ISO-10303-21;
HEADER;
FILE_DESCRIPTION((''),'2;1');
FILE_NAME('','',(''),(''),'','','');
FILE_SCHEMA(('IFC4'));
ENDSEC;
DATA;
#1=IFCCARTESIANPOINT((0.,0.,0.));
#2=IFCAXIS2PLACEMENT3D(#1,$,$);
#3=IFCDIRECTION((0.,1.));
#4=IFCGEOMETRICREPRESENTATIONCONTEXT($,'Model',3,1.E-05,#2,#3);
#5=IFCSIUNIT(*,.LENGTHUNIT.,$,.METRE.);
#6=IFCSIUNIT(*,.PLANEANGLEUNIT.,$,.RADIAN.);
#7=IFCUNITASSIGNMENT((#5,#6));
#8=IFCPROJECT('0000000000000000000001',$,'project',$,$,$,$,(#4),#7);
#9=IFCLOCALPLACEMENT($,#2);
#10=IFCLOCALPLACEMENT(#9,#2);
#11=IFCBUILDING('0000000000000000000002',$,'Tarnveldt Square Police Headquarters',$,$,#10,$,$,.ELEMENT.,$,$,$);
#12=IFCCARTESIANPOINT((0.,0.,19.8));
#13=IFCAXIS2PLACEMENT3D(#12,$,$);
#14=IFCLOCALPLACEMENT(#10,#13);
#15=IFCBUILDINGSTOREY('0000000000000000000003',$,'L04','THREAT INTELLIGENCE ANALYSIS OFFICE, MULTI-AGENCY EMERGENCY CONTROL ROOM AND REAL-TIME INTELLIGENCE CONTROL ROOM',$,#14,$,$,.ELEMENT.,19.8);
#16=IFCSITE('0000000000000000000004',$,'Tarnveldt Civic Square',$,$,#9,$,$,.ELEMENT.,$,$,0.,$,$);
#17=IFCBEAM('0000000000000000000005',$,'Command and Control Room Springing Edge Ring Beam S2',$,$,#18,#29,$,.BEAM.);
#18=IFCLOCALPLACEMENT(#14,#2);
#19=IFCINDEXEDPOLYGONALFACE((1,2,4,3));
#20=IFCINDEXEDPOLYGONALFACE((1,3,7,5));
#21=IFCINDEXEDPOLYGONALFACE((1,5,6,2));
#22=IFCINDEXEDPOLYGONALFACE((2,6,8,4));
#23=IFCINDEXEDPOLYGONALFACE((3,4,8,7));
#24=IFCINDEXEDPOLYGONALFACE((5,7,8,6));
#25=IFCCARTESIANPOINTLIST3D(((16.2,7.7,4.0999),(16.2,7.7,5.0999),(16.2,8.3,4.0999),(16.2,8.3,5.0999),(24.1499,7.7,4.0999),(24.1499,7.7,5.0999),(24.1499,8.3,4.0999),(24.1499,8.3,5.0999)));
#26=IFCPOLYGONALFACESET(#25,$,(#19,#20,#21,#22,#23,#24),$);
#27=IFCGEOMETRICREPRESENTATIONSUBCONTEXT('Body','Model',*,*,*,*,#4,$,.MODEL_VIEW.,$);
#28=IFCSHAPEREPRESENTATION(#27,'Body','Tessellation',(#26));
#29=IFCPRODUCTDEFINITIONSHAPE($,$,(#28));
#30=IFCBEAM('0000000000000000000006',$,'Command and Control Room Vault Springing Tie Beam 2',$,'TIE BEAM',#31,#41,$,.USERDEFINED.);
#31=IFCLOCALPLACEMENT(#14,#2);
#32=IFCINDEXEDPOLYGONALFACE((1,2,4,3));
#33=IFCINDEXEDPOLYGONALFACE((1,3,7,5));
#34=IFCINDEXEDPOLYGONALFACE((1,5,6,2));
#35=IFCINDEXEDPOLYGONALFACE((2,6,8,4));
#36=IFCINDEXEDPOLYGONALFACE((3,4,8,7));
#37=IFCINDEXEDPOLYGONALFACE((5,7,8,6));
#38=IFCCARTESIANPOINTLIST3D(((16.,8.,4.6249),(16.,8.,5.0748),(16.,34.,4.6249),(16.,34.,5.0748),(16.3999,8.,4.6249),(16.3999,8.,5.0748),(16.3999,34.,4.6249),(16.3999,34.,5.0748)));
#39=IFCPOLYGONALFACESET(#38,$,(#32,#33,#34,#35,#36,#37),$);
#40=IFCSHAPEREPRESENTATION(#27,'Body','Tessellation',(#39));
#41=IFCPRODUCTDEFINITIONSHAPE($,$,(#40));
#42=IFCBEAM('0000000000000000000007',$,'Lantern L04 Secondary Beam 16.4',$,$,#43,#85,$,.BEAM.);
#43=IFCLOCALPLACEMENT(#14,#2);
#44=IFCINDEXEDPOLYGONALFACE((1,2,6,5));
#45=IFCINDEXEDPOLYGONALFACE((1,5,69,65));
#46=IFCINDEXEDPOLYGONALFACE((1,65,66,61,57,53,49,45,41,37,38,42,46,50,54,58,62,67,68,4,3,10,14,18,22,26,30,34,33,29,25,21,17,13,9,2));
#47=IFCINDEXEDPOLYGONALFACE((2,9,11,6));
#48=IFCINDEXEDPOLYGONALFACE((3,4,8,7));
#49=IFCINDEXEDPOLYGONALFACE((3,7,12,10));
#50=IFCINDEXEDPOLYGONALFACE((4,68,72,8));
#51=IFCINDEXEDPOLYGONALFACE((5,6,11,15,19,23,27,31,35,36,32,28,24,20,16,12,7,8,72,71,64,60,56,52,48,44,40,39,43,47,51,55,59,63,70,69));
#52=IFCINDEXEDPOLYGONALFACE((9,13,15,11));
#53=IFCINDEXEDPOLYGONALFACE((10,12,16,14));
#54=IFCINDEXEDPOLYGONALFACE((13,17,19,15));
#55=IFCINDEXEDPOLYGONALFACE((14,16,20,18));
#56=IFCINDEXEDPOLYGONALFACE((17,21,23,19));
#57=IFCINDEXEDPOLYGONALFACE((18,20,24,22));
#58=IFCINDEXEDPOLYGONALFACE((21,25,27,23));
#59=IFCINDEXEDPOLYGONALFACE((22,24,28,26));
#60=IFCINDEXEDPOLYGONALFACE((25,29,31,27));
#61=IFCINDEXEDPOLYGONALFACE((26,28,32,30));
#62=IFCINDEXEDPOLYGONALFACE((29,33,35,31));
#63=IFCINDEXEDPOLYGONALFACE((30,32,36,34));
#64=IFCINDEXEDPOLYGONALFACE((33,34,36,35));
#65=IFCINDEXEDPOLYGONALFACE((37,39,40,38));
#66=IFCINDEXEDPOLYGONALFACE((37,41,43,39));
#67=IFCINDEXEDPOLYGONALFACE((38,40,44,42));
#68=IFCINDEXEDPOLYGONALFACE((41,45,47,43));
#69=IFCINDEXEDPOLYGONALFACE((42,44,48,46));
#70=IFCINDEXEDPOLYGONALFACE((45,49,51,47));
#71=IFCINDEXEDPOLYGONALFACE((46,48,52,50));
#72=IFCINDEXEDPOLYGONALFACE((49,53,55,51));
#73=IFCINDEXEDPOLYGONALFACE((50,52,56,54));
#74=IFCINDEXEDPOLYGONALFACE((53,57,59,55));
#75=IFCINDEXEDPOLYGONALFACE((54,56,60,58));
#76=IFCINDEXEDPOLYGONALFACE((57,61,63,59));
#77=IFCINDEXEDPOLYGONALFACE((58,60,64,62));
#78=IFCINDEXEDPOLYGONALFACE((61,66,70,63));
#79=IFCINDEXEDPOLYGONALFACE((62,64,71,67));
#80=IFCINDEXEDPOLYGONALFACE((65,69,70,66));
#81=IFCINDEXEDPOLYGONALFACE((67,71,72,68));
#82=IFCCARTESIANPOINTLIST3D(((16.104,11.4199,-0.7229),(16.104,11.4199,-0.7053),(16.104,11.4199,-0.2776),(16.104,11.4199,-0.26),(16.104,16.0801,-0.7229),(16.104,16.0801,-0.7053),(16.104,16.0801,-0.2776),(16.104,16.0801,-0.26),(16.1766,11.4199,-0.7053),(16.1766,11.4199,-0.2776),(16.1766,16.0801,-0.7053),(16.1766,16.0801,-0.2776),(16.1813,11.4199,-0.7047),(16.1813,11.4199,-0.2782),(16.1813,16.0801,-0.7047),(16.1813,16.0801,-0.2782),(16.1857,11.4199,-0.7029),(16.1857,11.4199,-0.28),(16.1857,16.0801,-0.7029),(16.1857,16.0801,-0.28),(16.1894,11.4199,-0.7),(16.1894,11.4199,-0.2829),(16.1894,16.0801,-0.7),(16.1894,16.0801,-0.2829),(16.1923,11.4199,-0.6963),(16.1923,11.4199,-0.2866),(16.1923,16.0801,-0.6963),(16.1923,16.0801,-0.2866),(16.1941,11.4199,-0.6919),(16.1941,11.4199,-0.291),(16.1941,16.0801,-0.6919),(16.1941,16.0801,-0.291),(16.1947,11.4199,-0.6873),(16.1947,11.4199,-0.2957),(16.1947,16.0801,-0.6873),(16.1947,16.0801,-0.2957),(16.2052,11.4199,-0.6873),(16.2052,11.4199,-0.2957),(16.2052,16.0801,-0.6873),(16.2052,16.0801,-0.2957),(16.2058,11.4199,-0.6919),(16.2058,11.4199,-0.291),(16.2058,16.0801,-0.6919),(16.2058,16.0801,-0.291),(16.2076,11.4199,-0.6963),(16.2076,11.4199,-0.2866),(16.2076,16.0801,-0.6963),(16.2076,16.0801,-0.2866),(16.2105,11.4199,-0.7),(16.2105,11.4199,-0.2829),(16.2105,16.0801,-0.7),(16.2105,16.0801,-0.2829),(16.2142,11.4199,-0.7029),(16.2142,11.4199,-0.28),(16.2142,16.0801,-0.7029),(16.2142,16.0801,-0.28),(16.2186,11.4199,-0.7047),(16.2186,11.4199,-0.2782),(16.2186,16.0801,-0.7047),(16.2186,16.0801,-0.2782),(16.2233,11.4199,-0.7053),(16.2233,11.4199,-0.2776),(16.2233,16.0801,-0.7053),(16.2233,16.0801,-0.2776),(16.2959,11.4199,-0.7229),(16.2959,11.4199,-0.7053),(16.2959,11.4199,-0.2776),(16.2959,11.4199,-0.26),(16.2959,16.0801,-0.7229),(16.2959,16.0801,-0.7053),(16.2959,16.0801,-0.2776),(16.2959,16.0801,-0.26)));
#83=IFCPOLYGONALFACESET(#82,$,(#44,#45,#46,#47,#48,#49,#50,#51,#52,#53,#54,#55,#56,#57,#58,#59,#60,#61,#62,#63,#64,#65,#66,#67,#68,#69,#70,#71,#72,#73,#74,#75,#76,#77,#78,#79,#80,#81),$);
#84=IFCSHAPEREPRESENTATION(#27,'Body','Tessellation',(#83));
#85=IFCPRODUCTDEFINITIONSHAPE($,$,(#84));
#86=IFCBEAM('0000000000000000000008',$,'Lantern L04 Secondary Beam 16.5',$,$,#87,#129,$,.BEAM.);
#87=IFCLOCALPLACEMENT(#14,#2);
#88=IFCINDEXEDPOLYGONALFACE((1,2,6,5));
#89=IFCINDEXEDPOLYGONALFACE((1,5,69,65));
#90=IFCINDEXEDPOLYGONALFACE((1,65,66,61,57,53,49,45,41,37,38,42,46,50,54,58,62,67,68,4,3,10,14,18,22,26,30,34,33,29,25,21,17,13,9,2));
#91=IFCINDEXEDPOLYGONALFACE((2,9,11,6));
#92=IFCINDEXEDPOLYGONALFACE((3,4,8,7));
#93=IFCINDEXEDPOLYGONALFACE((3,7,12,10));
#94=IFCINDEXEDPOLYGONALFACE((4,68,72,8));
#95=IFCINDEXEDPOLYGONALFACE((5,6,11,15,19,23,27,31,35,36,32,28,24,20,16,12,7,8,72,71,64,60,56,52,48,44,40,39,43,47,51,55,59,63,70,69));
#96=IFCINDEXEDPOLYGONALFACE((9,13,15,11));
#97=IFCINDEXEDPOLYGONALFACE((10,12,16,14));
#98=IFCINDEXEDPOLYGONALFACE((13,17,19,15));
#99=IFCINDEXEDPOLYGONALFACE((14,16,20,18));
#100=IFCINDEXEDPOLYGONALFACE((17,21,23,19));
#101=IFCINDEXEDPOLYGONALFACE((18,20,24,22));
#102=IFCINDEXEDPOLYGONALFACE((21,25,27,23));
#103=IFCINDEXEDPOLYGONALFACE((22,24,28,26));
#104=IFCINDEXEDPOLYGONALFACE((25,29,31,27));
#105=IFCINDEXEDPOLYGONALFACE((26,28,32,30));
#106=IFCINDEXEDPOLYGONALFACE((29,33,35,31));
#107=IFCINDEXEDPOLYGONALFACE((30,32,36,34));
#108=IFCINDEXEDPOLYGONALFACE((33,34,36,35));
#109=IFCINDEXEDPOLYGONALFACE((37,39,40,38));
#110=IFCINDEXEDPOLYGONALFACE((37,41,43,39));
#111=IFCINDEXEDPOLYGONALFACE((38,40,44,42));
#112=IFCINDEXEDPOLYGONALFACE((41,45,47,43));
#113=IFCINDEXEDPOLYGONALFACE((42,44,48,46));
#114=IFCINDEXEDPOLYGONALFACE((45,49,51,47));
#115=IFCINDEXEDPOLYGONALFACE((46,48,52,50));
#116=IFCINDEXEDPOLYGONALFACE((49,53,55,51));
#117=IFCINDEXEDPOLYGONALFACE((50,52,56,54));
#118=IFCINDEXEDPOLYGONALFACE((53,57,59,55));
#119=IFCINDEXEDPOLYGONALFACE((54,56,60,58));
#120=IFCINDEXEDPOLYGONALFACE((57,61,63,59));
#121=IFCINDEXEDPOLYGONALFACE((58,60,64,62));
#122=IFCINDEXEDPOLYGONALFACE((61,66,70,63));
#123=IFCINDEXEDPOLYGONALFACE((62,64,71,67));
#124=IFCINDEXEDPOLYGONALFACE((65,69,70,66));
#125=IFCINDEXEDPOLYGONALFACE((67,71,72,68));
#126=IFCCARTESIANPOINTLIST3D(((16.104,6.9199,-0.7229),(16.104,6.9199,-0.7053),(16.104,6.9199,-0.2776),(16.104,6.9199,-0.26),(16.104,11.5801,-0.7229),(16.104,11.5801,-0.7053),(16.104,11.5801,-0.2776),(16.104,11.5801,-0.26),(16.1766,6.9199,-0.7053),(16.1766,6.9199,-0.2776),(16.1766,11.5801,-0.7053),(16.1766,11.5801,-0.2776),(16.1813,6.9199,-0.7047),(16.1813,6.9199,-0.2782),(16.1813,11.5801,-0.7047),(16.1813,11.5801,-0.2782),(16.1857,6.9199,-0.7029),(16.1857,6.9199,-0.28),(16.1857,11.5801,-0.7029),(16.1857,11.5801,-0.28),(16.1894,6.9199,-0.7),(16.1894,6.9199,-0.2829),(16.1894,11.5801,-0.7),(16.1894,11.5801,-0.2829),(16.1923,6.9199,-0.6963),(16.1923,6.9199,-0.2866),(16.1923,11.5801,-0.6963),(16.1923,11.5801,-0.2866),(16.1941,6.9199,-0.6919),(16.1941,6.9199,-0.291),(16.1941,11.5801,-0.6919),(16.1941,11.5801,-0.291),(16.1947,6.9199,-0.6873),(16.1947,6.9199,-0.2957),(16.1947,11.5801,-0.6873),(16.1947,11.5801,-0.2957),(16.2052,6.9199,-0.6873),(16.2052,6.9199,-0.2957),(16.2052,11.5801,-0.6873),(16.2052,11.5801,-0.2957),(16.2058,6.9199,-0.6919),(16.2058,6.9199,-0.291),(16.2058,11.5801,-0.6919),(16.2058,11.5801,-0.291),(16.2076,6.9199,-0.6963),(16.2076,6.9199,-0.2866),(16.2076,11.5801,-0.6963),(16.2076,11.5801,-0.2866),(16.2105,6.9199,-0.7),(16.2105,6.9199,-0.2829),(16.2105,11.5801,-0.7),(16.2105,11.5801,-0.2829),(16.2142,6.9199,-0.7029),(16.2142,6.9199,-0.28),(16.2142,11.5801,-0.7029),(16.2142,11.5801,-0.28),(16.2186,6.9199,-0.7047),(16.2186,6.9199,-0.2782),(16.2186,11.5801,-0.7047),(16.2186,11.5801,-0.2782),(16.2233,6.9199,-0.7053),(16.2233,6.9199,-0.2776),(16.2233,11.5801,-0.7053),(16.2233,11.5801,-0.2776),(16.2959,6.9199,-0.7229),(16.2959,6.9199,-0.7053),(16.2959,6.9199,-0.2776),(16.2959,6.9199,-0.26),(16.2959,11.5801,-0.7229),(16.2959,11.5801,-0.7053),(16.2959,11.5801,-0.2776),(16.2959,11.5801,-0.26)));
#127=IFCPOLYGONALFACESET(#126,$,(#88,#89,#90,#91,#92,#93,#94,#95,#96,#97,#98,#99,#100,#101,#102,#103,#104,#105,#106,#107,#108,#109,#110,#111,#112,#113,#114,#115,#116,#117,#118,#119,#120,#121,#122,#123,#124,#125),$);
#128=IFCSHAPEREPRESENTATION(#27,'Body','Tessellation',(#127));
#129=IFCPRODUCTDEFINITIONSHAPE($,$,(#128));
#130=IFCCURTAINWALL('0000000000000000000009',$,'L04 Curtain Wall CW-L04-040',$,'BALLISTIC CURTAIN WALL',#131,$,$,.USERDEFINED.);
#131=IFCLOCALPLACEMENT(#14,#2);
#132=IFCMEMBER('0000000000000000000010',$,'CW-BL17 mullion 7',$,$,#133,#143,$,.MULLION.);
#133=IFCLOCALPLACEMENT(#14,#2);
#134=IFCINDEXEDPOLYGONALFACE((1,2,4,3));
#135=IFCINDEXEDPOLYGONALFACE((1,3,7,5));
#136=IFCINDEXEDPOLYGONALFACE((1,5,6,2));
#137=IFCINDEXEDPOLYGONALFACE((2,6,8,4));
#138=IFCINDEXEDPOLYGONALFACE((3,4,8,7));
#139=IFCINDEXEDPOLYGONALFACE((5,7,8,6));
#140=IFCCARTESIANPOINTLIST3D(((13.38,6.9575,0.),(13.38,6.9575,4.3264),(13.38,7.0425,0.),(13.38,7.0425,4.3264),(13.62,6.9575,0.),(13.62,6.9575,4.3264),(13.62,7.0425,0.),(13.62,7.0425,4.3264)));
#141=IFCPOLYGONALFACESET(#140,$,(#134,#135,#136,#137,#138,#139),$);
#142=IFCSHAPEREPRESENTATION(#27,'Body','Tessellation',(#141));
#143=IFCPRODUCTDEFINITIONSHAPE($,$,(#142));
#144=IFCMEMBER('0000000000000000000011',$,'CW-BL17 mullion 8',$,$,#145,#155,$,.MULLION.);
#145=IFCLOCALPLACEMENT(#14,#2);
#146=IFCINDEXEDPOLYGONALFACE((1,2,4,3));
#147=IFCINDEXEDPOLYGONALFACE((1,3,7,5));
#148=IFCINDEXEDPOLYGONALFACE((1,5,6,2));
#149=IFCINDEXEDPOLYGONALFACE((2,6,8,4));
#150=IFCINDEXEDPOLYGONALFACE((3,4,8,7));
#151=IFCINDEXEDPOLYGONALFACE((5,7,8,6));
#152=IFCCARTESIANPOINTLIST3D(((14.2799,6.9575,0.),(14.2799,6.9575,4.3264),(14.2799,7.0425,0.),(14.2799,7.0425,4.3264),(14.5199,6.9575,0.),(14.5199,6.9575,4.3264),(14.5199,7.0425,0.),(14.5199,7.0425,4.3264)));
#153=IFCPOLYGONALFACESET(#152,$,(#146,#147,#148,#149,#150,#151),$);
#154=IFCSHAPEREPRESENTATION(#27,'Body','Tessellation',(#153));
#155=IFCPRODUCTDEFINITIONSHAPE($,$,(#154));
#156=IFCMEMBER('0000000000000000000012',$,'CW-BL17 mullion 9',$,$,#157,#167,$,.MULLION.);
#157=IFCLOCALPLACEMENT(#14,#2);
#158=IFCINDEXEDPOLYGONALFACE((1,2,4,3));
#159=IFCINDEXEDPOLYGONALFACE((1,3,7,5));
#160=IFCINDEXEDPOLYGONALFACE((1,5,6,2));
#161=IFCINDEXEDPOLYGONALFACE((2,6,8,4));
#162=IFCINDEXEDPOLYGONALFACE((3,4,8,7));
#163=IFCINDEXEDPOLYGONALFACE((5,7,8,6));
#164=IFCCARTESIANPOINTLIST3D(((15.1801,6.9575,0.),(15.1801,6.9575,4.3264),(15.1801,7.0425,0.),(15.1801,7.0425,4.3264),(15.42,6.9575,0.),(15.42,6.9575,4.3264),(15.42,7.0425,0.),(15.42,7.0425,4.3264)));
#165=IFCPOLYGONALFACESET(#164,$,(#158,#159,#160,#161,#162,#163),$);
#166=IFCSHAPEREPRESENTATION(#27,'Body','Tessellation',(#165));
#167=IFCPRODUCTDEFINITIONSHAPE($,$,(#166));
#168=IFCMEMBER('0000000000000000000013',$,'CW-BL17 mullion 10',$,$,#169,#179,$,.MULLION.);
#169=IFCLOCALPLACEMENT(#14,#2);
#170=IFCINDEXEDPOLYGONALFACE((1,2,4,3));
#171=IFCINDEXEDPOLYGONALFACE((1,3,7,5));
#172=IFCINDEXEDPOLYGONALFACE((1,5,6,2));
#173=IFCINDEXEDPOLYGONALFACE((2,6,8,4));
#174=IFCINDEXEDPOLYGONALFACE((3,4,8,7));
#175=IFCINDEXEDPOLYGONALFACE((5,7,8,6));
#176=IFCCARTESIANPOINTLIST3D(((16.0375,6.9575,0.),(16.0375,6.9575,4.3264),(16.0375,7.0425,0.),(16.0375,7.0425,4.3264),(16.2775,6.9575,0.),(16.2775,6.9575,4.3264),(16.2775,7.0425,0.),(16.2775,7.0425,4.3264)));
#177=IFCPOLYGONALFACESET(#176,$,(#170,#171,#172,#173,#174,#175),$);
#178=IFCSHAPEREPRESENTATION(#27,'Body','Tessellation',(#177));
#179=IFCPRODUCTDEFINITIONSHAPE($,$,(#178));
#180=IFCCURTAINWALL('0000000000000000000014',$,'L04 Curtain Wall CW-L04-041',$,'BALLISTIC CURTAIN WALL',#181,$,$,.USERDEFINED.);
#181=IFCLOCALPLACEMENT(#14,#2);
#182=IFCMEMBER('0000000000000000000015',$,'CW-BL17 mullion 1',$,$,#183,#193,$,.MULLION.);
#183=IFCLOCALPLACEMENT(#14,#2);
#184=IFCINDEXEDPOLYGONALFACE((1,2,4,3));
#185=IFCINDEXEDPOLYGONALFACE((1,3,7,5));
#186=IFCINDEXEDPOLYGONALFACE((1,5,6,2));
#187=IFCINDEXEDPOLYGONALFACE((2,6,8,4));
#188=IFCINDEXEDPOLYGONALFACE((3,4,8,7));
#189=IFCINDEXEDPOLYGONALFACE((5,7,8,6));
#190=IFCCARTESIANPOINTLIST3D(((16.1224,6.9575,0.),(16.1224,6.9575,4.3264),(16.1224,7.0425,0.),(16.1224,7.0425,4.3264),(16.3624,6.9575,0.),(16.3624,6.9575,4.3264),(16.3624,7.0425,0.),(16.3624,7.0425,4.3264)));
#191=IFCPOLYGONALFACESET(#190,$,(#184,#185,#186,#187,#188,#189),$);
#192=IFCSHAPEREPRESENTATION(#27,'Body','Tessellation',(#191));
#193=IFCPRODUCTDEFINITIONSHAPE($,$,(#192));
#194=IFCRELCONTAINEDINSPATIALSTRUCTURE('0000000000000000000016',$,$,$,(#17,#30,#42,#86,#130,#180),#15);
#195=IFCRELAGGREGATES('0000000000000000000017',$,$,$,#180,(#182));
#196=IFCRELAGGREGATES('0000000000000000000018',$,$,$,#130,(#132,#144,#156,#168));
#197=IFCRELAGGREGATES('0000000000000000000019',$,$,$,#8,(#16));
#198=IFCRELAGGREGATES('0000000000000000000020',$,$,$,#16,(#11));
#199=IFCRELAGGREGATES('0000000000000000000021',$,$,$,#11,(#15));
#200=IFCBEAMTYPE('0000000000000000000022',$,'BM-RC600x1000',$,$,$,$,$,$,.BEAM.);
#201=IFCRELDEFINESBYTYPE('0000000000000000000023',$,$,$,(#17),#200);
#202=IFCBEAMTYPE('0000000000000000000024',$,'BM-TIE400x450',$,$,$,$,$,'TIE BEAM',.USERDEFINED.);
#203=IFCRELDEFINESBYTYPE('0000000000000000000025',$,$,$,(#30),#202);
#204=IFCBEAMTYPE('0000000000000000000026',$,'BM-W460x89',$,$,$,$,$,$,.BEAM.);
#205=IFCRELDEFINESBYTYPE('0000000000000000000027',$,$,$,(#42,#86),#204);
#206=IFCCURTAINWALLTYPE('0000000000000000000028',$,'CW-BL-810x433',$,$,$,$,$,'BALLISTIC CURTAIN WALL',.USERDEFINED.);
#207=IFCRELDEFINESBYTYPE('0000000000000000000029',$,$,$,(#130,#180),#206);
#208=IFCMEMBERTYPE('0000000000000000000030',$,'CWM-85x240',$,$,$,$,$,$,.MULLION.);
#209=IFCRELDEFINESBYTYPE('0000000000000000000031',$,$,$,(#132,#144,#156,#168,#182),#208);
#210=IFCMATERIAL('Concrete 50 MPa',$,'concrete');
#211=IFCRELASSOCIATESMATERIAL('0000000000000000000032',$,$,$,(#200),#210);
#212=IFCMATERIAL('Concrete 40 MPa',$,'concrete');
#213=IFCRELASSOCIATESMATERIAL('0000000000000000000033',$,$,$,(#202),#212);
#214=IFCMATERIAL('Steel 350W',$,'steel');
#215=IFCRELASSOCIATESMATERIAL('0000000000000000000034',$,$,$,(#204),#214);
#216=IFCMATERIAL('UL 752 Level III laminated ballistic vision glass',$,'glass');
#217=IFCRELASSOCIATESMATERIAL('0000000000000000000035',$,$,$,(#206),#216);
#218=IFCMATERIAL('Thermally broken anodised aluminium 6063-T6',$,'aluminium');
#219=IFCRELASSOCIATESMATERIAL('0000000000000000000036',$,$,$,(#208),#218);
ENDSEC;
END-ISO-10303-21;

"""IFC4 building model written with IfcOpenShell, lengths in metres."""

from ifc_helpers import new_model, si_unit, direction, frame, origin, origin_2d, place, context, subcontext, project, spatial, rectangle, i_section, extrude, material, material_profile, profile_set, type_object, element, aggregate, save


model = new_model("IFC4")

# Units and contexts
model_context = context("Model", 3, precision=1e-05, world=origin(), true_north=direction((0.0, 1.0)))
body_context = subcontext(model_context, "Body", "Model", "MODEL_VIEW")
ifc_project = project(units=[si_unit("LENGTHUNIT", "METRE"), si_unit("PLANEANGLEUNIT", "RADIAN")], contexts=[model_context])

# Site, building, storey
site_placement = place(None, origin())
site = spatial("IfcSite", under=ifc_project, at=site_placement, Name="Tarnveldt Civic Square", CompositionType="ELEMENT", RefElevation=0.0)
building_placement = place(site_placement, origin())
building = spatial("IfcBuilding", under=site, at=building_placement, Name="Tarnveldt Square Police Headquarters", CompositionType="ELEMENT")
storey_placement = place(building_placement, frame((0.0, 0.0, 19.8)))
storey = spatial("IfcBuildingStorey", under=building, at=storey_placement, Name="L04", Description="THREAT INTELLIGENCE ANALYSIS OFFICE, MULTI-AGENCY EMERGENCY CONTROL ROOM AND REAL-TIME INTELLIGENCE CONTROL ROOM", CompositionType="ELEMENT", Elevation=19.8)

# Beams
ifc_material_1 = material(Name="Concrete 50 MPa", Category="concrete")
ifc_material_profile_1 = material_profile(ifc_material_1, rectangle(XDim=0.6001, YDim=1.0, at=origin_2d()), Name="RC-B600x1000")
ifc_profile_set_1 = profile_set([ifc_material_profile_1], Name="Concrete 50 MPa")
beam_type_1 = type_object("IfcBeamType", Name="BM-RC600x1000", PredefinedType="BEAM", material=ifc_profile_set_1)
beam_1_placement = place(storey_placement, frame((16.2, 8.0, 4.5999), z_axis=(1.0, 0.0, 0.0), x_axis=(0.0, 1.0, 0.0)))
element("IfcBeam", 1, at=beam_1_placement, inside=storey, type_object=beam_type_1, Name="Command and Control Room Springing Edge Ring Beam S2", PredefinedType="BEAM", context=body_context, shape_type="SweptSolid", body=[
    extrude(rectangle(XDim=0.6001, YDim=1.0, at=origin_2d()), origin(), (0.0, 0.0, 1.0), 7.95),
])
ifc_material_2 = material(Name="Concrete 40 MPa", Category="concrete")
ifc_material_profile_2 = material_profile(ifc_material_2, rectangle(XDim=0.3999, YDim=0.45, at=origin_2d()), Name="RC-TIE400x450")
ifc_profile_set_2 = profile_set([ifc_material_profile_2], Name="Concrete 40 MPa")
beam_type_2 = type_object("IfcBeamType", Name="BM-TIE400x450", ElementType="TIE BEAM", PredefinedType="USERDEFINED", material=ifc_profile_set_2)
beam_2_placement = place(storey_placement, frame((16.2, 8.0, 4.8499), z_axis=(0.0, 1.0, 0.0), x_axis=(-1.0, 0.0, 0.0)))
element("IfcBeam", 2, at=beam_2_placement, inside=storey, type_object=beam_type_2, Name="Command and Control Room Vault Springing Tie Beam 2", ObjectType="TIE BEAM", PredefinedType="USERDEFINED", context=body_context, shape_type="SweptSolid", body=[
    extrude(rectangle(XDim=0.3999, YDim=0.45, at=origin_2d()), origin(), (0.0, 0.0, 1.0), 26.0),
])
ifc_material_3 = material(Name="Steel 350W", Category="steel")
ifc_material_profile_3 = material_profile(ifc_material_3, i_section(OverallWidth=0.1919, OverallDepth=0.4629, WebThickness=0.0105, FlangeThickness=0.0176, FilletRadius=0.0181, at=origin_2d()), Name="W460x89")
ifc_profile_set_3 = profile_set([ifc_material_profile_3], Name="Steel 350W")
beam_type_3 = type_object("IfcBeamType", Name="BM-W460x89", PredefinedType="BEAM", material=ifc_profile_set_3)
for number, where, z_axis, x_axis, name in (
    (3, (16.2, 16.0801, -0.4915), (0.0, -1.0, 0.0), (1.0, 0.0, 0.0), "Lantern L04 Secondary Beam 16.4"),
    (4, (16.2, 11.5801, -0.4915), (0.0, -1.0, 0.0), (1.0, 0.0, 0.0), "Lantern L04 Secondary Beam 16.5"),
):
    element("IfcBeam", number, at=place(storey_placement, frame(where, z_axis=z_axis, x_axis=x_axis)), inside=storey, type_object=beam_type_3, Name=name, PredefinedType="BEAM", context=body_context, shape_type="SweptSolid", body=[
        extrude(i_section(OverallWidth=0.1919, OverallDepth=0.4629, WebThickness=0.0105, FlangeThickness=0.0176, FilletRadius=0.0181, at=origin_2d()), origin(), (0.0, 0.0, 1.0), 4.6602),
    ])

# Curtain wall, members
ifc_material_4 = material(Name="UL 752 Level III laminated ballistic vision glass", Category="glass")
curtain_wall_type = type_object("IfcCurtainWallType", Name="CW-BL-810x433", ElementType="BALLISTIC CURTAIN WALL", PredefinedType="USERDEFINED", material=ifc_material_4)
curtain_wall_1_placement = place(storey_placement, origin())
curtain_wall_1 = element("IfcCurtainWall", 5, at=curtain_wall_1_placement, inside=storey, type_object=curtain_wall_type, Name="L04 Curtain Wall CW-L04-040", ObjectType="BALLISTIC CURTAIN WALL", PredefinedType="USERDEFINED")
ifc_material_5 = material(Name="Thermally broken anodised aluminium 6063-T6", Category="aluminium")
ifc_material_profile_4 = material_profile(ifc_material_5, rectangle(XDim=0.085, YDim=0.24, at=origin_2d()), Name="CW-M85x240")
ifc_profile_set_4 = profile_set([ifc_material_profile_4], Name="Thermally broken anodised aluminium 6063-T6")
member_type_1 = type_object("IfcMemberType", Name="CWM-85x240", PredefinedType="MULLION", material=ifc_profile_set_4)
member_1_placement = place(storey_placement, frame((13.5, 7.0, 0.0), z_axis=(0.0, 0.0, 1.0), x_axis=(0.0, 1.0, 0.0)))
member_1 = element("IfcMember", 6, at=member_1_placement, type_object=member_type_1, Name="CW-BL17 mullion 7", PredefinedType="MULLION", context=body_context, shape_type="SweptSolid", body=[
    extrude(rectangle(XDim=0.085, YDim=0.24, at=origin_2d()), origin(), (0.0, 0.0, 1.0), 4.3264),
])
member_2_placement = place(storey_placement, frame((14.3999, 7.0, 0.0), z_axis=(0.0, 0.0, 1.0), x_axis=(0.0, 1.0, 0.0)))
member_2 = element("IfcMember", 7, at=member_2_placement, type_object=member_type_1, Name="CW-BL17 mullion 8", PredefinedType="MULLION", context=body_context, shape_type="SweptSolid", body=[
    extrude(rectangle(XDim=0.085, YDim=0.24, at=origin_2d()), origin(), (0.0, 0.0, 1.0), 4.3264),
])
member_3_placement = place(storey_placement, frame((15.3, 7.0, 0.0), z_axis=(0.0, 0.0, 1.0), x_axis=(0.0, 1.0, 0.0)))
member_3 = element("IfcMember", 8, at=member_3_placement, type_object=member_type_1, Name="CW-BL17 mullion 9", PredefinedType="MULLION", context=body_context, shape_type="SweptSolid", body=[
    extrude(rectangle(XDim=0.085, YDim=0.24, at=origin_2d()), origin(), (0.0, 0.0, 1.0), 4.3264),
])
member_4_placement = place(storey_placement, frame((16.1575, 7.0, 0.0), z_axis=(0.0, 0.0, 1.0), x_axis=(0.0, 1.0, 0.0)))
member_4 = element("IfcMember", 9, at=member_4_placement, type_object=member_type_1, Name="CW-BL17 mullion 10", PredefinedType="MULLION", context=body_context, shape_type="SweptSolid", body=[
    extrude(rectangle(XDim=0.085, YDim=0.24, at=origin_2d()), origin(), (0.0, 0.0, 1.0), 4.3264),
])

# Curtain wall, member
curtain_wall_2_placement = place(storey_placement, origin())
curtain_wall_2 = element("IfcCurtainWall", 10, at=curtain_wall_2_placement, inside=storey, type_object=curtain_wall_type, Name="L04 Curtain Wall CW-L04-041", ObjectType="BALLISTIC CURTAIN WALL", PredefinedType="USERDEFINED")
member_5_placement = place(storey_placement, frame((16.2424, 7.0, 0.0), z_axis=(0.0, 0.0, 1.0), x_axis=(0.0, 1.0, 0.0)))
member_5 = element("IfcMember", 11, at=member_5_placement, type_object=member_type_1, Name="CW-BL17 mullion 1", PredefinedType="MULLION", context=body_context, shape_type="SweptSolid", body=[
    extrude(rectangle(XDim=0.085, YDim=0.24, at=origin_2d()), origin(), (0.0, 0.0, 1.0), 4.3264),
])

aggregate(curtain_wall_2, [member_5])

aggregate(curtain_wall_1, [member_1, member_2, member_3, member_4])

save(model, "model.ifc")
